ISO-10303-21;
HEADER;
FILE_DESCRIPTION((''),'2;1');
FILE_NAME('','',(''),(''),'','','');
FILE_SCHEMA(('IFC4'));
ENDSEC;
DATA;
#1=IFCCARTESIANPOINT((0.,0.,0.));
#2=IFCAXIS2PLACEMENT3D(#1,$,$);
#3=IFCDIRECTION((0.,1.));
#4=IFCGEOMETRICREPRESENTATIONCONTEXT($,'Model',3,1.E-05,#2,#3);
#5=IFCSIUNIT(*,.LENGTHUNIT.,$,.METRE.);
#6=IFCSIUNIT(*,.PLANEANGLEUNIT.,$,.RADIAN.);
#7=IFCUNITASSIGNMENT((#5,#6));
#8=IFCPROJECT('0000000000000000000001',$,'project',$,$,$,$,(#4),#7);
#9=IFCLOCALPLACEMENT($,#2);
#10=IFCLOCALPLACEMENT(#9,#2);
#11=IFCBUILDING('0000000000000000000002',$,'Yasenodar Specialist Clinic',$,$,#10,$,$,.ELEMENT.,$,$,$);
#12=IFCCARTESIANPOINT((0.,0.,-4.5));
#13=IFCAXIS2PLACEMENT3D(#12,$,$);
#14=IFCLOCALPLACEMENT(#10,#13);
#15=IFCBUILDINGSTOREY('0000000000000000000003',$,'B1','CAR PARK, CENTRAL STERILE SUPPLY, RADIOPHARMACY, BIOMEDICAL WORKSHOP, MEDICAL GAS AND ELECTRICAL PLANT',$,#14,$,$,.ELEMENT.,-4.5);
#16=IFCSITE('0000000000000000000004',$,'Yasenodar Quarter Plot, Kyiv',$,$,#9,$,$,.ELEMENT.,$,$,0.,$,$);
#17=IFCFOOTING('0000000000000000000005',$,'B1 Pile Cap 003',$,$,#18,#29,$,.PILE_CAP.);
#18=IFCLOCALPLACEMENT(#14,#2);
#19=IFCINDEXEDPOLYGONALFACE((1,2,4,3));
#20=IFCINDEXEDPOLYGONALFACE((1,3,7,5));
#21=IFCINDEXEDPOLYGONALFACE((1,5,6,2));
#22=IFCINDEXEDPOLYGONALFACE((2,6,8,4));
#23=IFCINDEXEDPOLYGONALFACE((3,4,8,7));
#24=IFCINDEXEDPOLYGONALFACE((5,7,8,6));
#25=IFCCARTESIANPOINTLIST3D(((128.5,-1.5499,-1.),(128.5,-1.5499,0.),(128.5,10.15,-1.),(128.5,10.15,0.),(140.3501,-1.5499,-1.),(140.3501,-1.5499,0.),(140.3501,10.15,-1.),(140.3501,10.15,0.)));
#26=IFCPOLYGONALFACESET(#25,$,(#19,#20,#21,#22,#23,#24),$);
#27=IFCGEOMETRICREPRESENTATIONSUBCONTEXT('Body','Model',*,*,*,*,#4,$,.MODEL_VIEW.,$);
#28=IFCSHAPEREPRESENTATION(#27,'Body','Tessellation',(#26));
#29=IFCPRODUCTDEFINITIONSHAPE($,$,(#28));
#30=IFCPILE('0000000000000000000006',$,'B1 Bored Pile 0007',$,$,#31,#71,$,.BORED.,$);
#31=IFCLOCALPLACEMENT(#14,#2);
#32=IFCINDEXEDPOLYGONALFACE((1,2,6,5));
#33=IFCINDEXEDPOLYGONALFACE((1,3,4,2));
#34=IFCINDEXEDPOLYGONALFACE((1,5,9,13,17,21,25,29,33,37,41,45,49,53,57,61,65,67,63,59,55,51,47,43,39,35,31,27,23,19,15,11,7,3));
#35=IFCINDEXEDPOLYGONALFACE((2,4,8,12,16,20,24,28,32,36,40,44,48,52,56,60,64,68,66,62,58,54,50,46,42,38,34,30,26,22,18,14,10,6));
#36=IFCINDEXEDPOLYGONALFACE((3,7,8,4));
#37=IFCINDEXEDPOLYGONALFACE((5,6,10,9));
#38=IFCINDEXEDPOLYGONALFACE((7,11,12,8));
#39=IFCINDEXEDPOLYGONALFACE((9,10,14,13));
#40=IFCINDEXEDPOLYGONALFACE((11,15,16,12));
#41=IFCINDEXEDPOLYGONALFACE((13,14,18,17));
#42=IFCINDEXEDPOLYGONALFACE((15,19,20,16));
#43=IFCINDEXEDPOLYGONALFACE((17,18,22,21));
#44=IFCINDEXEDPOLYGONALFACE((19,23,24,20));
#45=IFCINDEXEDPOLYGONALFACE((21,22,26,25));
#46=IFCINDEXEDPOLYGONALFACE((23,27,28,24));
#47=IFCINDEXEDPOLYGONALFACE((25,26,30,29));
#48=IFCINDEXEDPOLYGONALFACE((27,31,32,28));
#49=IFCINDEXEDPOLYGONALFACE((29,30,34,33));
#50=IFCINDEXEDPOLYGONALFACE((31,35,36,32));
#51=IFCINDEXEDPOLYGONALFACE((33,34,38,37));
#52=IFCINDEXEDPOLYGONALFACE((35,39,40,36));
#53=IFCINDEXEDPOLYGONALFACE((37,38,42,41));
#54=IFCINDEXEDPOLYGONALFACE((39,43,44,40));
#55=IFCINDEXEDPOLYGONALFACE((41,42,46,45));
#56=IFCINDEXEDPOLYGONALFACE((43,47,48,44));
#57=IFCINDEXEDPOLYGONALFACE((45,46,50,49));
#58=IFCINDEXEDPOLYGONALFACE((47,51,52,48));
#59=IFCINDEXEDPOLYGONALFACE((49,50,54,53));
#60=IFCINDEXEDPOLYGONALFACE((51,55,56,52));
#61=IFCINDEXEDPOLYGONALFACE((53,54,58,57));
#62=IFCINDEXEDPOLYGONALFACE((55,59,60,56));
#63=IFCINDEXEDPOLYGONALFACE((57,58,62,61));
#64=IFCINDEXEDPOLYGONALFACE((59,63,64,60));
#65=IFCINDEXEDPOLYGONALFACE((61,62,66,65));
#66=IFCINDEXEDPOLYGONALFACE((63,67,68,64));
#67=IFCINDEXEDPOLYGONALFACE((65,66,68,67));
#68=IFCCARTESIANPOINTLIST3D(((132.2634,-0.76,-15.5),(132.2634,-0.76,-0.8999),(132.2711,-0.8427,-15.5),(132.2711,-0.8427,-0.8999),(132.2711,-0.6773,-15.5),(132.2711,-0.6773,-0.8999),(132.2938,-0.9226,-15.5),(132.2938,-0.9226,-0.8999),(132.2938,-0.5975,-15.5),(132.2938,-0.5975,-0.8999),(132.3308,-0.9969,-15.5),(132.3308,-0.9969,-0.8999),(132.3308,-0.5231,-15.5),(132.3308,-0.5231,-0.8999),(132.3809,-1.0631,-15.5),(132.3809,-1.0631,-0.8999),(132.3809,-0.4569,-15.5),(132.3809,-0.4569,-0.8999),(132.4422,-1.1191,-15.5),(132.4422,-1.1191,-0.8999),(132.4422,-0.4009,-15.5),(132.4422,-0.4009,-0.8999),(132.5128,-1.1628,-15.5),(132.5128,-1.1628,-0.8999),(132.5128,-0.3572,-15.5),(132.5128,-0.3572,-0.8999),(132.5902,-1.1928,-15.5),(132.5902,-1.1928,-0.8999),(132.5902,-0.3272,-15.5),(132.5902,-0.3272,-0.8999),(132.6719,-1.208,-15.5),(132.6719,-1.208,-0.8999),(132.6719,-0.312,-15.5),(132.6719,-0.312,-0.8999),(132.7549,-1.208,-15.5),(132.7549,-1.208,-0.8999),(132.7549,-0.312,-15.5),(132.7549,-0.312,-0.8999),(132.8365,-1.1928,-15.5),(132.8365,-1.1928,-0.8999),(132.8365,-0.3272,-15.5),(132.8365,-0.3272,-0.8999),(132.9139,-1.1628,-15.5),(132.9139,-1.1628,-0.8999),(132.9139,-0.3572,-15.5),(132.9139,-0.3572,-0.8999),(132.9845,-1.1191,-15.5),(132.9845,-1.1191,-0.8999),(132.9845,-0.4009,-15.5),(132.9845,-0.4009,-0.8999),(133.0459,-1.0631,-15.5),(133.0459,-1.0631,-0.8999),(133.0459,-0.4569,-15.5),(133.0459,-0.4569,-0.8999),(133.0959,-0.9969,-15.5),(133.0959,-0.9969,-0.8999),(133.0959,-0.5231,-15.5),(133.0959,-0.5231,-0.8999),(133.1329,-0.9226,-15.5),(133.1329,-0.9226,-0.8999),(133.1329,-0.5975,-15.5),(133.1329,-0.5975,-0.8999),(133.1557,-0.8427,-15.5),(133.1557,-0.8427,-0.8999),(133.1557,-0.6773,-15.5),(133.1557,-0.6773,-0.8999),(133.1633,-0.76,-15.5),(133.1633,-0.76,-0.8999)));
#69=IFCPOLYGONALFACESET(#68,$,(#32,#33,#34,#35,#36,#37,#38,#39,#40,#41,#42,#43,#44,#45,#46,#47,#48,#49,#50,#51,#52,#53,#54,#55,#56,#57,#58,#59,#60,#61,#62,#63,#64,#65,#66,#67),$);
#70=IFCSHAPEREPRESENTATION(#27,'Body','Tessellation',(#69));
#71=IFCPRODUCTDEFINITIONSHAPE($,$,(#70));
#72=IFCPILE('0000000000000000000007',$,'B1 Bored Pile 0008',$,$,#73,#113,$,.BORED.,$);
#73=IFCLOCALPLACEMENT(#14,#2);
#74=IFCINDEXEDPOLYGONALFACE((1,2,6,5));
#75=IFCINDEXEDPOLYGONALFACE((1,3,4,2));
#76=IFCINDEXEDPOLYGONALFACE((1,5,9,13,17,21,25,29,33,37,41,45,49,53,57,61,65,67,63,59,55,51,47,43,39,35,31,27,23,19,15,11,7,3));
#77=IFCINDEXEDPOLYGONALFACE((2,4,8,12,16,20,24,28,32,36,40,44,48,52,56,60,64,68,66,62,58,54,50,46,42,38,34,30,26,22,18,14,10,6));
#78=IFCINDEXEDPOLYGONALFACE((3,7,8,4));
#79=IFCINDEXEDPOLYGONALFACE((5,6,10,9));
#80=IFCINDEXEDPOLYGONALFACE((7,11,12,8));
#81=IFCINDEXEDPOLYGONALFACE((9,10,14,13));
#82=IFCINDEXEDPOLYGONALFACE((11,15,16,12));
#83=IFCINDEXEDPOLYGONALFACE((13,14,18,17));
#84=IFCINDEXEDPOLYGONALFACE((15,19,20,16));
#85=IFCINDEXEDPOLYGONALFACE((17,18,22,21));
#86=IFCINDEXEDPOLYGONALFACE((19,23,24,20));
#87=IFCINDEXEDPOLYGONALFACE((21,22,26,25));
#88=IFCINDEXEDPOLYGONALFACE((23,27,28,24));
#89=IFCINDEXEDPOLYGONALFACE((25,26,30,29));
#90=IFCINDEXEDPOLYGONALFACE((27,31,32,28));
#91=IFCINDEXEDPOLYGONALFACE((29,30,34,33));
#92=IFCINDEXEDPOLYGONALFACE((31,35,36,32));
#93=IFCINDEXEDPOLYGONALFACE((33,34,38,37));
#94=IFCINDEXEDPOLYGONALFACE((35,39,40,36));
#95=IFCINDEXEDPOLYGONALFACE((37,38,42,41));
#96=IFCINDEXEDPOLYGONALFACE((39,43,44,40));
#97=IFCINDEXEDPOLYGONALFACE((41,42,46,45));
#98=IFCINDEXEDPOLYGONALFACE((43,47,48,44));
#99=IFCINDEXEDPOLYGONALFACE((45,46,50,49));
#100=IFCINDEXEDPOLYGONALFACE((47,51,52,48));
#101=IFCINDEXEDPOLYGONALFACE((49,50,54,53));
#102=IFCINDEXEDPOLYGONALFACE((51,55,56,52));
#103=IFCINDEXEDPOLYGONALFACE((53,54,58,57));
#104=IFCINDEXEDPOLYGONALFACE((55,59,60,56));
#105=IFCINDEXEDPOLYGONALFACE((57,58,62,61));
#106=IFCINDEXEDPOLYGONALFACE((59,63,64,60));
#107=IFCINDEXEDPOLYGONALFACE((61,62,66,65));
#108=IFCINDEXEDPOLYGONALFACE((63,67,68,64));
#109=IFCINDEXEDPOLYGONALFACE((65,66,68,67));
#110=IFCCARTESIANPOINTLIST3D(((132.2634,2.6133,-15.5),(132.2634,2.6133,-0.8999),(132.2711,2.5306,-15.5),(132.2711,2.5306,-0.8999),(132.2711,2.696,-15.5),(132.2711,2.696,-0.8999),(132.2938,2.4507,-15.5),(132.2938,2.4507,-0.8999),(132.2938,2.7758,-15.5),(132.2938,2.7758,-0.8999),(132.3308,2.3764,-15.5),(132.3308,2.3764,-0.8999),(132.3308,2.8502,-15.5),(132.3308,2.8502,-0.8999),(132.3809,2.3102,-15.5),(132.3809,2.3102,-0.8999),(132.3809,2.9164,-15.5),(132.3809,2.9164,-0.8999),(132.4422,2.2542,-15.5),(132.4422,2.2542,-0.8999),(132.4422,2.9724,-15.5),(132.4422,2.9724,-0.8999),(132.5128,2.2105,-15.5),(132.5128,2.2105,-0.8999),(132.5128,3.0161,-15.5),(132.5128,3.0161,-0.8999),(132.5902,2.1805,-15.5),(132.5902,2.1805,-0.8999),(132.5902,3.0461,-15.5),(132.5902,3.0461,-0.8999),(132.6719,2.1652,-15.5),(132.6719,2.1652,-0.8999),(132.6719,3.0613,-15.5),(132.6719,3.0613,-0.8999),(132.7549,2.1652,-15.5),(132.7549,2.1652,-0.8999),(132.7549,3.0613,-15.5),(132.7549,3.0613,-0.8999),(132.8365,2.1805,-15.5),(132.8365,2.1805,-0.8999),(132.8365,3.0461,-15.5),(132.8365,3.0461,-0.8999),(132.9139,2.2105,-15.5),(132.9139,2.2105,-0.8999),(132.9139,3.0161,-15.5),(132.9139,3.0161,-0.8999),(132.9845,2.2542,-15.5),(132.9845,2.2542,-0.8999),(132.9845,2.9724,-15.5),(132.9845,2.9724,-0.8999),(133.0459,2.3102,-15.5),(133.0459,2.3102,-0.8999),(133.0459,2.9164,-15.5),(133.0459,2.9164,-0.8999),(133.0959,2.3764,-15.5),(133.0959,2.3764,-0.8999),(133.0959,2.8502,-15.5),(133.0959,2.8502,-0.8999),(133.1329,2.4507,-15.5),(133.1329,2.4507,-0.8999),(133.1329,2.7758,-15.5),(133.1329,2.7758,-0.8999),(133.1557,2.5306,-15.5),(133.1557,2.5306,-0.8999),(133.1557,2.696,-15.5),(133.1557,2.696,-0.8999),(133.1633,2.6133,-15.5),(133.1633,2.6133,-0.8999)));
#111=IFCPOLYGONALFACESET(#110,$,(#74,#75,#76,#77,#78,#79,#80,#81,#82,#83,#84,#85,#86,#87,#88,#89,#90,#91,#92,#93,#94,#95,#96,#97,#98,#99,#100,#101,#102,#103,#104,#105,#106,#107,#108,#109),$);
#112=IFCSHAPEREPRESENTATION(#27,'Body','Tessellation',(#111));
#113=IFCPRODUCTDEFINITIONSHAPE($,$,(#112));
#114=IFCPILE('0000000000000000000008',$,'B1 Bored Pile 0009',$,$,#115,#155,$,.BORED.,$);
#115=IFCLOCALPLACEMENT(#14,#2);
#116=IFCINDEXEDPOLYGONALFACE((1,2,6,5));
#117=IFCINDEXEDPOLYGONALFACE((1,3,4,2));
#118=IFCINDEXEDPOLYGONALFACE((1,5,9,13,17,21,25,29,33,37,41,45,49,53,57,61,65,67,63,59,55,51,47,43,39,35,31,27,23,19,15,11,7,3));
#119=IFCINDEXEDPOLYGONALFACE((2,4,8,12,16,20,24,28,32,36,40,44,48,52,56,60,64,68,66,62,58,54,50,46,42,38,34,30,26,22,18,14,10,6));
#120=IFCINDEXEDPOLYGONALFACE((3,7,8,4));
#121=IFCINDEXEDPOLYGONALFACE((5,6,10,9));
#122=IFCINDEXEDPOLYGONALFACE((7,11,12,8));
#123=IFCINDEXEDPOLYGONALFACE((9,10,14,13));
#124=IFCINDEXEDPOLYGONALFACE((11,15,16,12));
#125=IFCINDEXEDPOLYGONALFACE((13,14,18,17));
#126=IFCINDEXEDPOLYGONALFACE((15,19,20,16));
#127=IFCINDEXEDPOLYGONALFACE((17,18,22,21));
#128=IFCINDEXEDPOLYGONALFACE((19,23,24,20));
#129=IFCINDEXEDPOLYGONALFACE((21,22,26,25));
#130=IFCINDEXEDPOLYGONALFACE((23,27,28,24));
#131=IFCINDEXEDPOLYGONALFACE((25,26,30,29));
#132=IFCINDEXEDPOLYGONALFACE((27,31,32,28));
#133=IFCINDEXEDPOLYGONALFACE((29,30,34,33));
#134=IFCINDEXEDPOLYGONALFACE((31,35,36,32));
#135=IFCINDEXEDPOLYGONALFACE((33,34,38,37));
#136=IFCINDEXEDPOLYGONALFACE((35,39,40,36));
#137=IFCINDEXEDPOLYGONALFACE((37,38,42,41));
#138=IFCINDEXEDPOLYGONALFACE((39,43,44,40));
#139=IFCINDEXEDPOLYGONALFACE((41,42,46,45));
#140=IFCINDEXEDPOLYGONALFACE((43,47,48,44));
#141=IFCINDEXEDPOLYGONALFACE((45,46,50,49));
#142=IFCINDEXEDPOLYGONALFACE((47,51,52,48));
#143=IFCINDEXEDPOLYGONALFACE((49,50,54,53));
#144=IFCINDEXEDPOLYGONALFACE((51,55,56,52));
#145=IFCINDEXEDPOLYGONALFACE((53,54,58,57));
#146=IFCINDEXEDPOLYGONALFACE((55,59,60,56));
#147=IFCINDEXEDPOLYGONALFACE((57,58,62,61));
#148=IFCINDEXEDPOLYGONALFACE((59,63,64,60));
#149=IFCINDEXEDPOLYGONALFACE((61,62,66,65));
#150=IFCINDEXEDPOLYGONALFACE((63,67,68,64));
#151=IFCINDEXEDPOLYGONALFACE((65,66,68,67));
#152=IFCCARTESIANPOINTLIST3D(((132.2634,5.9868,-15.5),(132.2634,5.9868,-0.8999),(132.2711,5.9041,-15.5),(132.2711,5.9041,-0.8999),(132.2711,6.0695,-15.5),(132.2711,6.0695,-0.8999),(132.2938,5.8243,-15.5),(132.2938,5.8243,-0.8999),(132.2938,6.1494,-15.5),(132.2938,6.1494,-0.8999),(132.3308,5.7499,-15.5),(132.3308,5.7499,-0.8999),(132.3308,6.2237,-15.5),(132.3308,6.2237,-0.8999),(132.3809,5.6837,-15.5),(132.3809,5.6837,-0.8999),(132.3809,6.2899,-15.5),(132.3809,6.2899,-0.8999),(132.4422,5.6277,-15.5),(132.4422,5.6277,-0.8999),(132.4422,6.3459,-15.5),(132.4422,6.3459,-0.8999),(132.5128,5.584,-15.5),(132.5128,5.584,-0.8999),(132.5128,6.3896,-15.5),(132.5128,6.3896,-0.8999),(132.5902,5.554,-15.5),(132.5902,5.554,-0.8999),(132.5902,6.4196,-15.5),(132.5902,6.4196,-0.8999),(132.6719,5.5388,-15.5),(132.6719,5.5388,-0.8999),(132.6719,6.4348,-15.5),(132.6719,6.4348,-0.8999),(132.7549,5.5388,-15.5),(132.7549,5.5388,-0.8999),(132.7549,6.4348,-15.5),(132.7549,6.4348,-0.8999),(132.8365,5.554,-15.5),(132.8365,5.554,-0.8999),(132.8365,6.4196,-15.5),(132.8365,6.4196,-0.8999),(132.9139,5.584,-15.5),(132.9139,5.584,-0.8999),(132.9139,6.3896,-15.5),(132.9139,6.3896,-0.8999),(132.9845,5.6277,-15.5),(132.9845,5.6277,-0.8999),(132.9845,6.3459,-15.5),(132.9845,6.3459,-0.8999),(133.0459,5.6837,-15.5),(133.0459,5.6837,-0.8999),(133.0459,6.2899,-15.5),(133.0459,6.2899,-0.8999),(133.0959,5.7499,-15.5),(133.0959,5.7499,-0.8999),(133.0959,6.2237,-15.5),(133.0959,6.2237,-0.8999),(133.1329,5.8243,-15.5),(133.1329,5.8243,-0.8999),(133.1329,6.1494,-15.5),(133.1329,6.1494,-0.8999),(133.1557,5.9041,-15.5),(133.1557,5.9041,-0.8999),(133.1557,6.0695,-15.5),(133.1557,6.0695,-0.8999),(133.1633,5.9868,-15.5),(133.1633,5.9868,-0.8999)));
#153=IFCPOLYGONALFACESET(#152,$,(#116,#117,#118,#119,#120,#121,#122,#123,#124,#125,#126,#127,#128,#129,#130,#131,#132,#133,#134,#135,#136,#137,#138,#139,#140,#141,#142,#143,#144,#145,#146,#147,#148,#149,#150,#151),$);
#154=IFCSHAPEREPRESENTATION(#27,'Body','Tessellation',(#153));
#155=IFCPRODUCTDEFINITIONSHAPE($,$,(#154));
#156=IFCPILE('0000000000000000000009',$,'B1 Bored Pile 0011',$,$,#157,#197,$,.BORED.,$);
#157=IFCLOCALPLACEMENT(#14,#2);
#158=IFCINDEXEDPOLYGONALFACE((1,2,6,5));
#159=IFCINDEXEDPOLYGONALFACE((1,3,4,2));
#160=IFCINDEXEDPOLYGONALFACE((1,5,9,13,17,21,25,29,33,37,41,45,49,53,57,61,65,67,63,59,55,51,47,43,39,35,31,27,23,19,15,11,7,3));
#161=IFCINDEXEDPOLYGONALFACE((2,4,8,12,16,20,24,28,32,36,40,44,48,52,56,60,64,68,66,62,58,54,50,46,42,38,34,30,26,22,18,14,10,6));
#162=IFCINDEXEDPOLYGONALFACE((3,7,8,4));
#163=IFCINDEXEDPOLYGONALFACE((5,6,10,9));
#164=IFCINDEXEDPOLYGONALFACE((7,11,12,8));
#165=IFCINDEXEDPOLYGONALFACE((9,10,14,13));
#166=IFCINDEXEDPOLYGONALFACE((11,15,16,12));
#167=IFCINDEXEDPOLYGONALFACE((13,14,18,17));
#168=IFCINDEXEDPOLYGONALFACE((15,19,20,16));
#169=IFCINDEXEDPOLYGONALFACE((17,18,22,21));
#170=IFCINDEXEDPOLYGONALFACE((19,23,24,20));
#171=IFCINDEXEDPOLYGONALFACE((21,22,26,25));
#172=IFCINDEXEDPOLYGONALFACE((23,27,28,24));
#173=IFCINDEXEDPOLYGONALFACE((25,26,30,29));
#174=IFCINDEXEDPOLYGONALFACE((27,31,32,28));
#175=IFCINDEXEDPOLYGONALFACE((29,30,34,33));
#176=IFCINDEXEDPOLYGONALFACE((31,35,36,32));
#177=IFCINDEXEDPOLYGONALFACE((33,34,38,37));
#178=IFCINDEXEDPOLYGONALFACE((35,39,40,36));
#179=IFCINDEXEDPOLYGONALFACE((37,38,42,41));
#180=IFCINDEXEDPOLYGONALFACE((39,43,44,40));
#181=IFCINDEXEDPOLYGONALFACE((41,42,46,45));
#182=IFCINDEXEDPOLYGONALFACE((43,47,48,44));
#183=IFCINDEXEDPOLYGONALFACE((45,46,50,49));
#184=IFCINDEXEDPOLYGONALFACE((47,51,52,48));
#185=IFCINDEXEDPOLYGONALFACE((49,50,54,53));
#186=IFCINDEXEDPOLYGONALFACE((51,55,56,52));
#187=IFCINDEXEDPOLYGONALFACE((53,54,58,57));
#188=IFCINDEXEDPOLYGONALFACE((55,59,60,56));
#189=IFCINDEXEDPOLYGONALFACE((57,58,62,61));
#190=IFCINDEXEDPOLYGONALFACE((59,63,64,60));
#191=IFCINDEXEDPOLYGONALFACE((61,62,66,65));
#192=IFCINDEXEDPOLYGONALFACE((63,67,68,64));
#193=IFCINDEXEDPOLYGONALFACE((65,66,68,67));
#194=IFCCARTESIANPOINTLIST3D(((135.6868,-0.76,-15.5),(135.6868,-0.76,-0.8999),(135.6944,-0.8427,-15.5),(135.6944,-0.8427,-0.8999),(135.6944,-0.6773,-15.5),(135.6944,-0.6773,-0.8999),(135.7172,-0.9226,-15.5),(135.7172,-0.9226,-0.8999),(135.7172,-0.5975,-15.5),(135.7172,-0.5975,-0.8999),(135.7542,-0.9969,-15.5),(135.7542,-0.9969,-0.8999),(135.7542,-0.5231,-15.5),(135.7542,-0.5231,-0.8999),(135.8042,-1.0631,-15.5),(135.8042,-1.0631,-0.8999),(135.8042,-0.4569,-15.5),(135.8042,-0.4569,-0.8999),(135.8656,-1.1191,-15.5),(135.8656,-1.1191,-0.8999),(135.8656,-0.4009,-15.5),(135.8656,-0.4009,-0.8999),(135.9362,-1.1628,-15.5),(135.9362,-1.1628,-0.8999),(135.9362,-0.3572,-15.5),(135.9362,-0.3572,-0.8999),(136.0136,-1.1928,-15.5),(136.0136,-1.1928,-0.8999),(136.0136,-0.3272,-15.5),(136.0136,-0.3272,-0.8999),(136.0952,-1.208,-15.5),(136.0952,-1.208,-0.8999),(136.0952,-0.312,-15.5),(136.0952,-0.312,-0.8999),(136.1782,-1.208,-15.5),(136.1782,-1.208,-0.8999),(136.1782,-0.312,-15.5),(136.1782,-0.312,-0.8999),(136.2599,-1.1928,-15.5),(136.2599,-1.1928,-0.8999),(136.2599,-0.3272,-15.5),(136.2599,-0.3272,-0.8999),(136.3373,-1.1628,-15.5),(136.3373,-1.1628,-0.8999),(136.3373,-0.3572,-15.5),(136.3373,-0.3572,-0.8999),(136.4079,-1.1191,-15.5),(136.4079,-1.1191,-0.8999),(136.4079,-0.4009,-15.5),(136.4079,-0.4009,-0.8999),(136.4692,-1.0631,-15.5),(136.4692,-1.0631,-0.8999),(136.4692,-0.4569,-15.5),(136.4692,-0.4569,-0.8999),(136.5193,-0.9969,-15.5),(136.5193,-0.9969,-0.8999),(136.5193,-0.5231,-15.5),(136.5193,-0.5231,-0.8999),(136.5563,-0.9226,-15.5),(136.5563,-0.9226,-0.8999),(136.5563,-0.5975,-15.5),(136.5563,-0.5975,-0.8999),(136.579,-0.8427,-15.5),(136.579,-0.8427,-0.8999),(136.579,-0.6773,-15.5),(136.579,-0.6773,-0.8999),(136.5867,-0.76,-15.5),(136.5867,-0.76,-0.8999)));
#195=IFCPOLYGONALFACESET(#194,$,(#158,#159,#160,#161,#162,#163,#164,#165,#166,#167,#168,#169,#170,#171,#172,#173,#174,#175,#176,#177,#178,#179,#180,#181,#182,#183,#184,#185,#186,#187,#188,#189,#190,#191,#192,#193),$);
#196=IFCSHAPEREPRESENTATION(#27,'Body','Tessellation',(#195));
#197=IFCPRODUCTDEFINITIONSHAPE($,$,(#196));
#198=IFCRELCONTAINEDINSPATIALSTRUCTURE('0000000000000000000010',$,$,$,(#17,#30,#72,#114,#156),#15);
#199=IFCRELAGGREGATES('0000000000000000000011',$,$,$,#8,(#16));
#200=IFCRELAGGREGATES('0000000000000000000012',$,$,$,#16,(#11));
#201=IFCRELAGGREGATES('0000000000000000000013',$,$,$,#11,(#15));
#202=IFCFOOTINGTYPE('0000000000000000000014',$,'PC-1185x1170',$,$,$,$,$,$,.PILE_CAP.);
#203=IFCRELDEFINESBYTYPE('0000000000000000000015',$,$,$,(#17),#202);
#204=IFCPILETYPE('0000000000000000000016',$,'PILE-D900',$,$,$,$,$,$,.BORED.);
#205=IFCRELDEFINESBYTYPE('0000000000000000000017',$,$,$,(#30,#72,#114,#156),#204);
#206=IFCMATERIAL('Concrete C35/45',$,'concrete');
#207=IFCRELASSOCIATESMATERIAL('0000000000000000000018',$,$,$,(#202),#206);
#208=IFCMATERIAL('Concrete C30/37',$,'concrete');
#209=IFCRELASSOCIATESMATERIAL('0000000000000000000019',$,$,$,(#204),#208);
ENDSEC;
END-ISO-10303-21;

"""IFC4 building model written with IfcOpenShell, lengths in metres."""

from ifc_helpers import new_model, si_unit, direction, frame, origin, origin_2d, place, context, subcontext, project, spatial, rectangle, circle, extrude, material, material_profile, profile_set, type_object, element, save


model = new_model("IFC4")

# Units and contexts
model_context = context("Model", 3, precision=1e-05, world=origin(), true_north=direction((0.0, 1.0)))
body_context = subcontext(model_context, "Body", "Model", "MODEL_VIEW")
ifc_project = project(units=[si_unit("LENGTHUNIT", "METRE"), si_unit("PLANEANGLEUNIT", "RADIAN")], contexts=[model_context])

# Site, building, storey
site_placement = place(None, origin())
site = spatial("IfcSite", under=ifc_project, at=site_placement, Name="Yasenodar Quarter Plot, Kyiv", CompositionType="ELEMENT", RefElevation=0.0)
building_placement = place(site_placement, origin())
building = spatial("IfcBuilding", under=site, at=building_placement, Name="Yasenodar Specialist Clinic", CompositionType="ELEMENT")
storey_placement = place(building_placement, frame((0.0, 0.0, -4.5)))
storey = spatial("IfcBuildingStorey", under=building, at=storey_placement, Name="B1", Description="CAR PARK, CENTRAL STERILE SUPPLY, RADIOPHARMACY, BIOMEDICAL WORKSHOP, MEDICAL GAS AND ELECTRICAL PLANT", CompositionType="ELEMENT", Elevation=-4.5)

# Footing
ifc_material_1 = material(Name="Concrete C35/45", Category="concrete")
footing_type = type_object("IfcFootingType", Name="PC-1185x1170", PredefinedType="PILE_CAP", material=ifc_material_1)
footing_placement = place(storey_placement, frame((134.425, 4.3, -1.0), z_axis=(0.0, 0.0, 1.0), x_axis=(1.0, 0.0, 0.0)))
element("IfcFooting", 1, at=footing_placement, inside=storey, type_object=footing_type, Name="B1 Pile Cap 003", PredefinedType="PILE_CAP", context=body_context, shape_type="SweptSolid", body=[
    extrude(rectangle(XDim=11.8501, YDim=11.7, at=origin_2d()), origin(), (0.0, 0.0, 1.0), 1.0),
])

# Piles
ifc_material_2 = material(Name="Concrete C30/37", Category="concrete")
ifc_material_profile_1 = material_profile(ifc_material_2, circle(Radius=0.45, at=origin_2d()), Name="PILE D900")
ifc_profile_set_1 = profile_set([ifc_material_profile_1], Name="Concrete C30/37")
pile_type = type_object("IfcPileType", Name="PILE-D900", PredefinedType="BORED", material=ifc_profile_set_1)
for number, where, z_axis, x_axis, name in (
    (2, (132.7134, -0.76, -0.8999), (0.0, 0.0, -1.0), (1.0, 0.0, 0.0), "B1 Bored Pile 0007"),
    (3, (132.7134, 2.6133, -0.8999), (0.0, 0.0, -1.0), (1.0, 0.0, 0.0), "B1 Bored Pile 0008"),
    (4, (132.7134, 5.9868, -0.8999), (0.0, 0.0, -1.0), (1.0, 0.0, 0.0), "B1 Bored Pile 0009"),
    (5, (136.1367, -0.76, -0.8999), (0.0, 0.0, -1.0), (1.0, 0.0, 0.0), "B1 Bored Pile 0011"),
):
    element("IfcPile", number, at=place(storey_placement, frame(where, z_axis=z_axis, x_axis=x_axis)), inside=storey, type_object=pile_type, Name=name, PredefinedType="BORED", context=body_context, shape_type="SweptSolid", body=[
        extrude(circle(Radius=0.45, at=origin_2d()), origin(), (0.0, 0.0, 1.0), 14.6001),
    ])

save(model, "model.ifc")
